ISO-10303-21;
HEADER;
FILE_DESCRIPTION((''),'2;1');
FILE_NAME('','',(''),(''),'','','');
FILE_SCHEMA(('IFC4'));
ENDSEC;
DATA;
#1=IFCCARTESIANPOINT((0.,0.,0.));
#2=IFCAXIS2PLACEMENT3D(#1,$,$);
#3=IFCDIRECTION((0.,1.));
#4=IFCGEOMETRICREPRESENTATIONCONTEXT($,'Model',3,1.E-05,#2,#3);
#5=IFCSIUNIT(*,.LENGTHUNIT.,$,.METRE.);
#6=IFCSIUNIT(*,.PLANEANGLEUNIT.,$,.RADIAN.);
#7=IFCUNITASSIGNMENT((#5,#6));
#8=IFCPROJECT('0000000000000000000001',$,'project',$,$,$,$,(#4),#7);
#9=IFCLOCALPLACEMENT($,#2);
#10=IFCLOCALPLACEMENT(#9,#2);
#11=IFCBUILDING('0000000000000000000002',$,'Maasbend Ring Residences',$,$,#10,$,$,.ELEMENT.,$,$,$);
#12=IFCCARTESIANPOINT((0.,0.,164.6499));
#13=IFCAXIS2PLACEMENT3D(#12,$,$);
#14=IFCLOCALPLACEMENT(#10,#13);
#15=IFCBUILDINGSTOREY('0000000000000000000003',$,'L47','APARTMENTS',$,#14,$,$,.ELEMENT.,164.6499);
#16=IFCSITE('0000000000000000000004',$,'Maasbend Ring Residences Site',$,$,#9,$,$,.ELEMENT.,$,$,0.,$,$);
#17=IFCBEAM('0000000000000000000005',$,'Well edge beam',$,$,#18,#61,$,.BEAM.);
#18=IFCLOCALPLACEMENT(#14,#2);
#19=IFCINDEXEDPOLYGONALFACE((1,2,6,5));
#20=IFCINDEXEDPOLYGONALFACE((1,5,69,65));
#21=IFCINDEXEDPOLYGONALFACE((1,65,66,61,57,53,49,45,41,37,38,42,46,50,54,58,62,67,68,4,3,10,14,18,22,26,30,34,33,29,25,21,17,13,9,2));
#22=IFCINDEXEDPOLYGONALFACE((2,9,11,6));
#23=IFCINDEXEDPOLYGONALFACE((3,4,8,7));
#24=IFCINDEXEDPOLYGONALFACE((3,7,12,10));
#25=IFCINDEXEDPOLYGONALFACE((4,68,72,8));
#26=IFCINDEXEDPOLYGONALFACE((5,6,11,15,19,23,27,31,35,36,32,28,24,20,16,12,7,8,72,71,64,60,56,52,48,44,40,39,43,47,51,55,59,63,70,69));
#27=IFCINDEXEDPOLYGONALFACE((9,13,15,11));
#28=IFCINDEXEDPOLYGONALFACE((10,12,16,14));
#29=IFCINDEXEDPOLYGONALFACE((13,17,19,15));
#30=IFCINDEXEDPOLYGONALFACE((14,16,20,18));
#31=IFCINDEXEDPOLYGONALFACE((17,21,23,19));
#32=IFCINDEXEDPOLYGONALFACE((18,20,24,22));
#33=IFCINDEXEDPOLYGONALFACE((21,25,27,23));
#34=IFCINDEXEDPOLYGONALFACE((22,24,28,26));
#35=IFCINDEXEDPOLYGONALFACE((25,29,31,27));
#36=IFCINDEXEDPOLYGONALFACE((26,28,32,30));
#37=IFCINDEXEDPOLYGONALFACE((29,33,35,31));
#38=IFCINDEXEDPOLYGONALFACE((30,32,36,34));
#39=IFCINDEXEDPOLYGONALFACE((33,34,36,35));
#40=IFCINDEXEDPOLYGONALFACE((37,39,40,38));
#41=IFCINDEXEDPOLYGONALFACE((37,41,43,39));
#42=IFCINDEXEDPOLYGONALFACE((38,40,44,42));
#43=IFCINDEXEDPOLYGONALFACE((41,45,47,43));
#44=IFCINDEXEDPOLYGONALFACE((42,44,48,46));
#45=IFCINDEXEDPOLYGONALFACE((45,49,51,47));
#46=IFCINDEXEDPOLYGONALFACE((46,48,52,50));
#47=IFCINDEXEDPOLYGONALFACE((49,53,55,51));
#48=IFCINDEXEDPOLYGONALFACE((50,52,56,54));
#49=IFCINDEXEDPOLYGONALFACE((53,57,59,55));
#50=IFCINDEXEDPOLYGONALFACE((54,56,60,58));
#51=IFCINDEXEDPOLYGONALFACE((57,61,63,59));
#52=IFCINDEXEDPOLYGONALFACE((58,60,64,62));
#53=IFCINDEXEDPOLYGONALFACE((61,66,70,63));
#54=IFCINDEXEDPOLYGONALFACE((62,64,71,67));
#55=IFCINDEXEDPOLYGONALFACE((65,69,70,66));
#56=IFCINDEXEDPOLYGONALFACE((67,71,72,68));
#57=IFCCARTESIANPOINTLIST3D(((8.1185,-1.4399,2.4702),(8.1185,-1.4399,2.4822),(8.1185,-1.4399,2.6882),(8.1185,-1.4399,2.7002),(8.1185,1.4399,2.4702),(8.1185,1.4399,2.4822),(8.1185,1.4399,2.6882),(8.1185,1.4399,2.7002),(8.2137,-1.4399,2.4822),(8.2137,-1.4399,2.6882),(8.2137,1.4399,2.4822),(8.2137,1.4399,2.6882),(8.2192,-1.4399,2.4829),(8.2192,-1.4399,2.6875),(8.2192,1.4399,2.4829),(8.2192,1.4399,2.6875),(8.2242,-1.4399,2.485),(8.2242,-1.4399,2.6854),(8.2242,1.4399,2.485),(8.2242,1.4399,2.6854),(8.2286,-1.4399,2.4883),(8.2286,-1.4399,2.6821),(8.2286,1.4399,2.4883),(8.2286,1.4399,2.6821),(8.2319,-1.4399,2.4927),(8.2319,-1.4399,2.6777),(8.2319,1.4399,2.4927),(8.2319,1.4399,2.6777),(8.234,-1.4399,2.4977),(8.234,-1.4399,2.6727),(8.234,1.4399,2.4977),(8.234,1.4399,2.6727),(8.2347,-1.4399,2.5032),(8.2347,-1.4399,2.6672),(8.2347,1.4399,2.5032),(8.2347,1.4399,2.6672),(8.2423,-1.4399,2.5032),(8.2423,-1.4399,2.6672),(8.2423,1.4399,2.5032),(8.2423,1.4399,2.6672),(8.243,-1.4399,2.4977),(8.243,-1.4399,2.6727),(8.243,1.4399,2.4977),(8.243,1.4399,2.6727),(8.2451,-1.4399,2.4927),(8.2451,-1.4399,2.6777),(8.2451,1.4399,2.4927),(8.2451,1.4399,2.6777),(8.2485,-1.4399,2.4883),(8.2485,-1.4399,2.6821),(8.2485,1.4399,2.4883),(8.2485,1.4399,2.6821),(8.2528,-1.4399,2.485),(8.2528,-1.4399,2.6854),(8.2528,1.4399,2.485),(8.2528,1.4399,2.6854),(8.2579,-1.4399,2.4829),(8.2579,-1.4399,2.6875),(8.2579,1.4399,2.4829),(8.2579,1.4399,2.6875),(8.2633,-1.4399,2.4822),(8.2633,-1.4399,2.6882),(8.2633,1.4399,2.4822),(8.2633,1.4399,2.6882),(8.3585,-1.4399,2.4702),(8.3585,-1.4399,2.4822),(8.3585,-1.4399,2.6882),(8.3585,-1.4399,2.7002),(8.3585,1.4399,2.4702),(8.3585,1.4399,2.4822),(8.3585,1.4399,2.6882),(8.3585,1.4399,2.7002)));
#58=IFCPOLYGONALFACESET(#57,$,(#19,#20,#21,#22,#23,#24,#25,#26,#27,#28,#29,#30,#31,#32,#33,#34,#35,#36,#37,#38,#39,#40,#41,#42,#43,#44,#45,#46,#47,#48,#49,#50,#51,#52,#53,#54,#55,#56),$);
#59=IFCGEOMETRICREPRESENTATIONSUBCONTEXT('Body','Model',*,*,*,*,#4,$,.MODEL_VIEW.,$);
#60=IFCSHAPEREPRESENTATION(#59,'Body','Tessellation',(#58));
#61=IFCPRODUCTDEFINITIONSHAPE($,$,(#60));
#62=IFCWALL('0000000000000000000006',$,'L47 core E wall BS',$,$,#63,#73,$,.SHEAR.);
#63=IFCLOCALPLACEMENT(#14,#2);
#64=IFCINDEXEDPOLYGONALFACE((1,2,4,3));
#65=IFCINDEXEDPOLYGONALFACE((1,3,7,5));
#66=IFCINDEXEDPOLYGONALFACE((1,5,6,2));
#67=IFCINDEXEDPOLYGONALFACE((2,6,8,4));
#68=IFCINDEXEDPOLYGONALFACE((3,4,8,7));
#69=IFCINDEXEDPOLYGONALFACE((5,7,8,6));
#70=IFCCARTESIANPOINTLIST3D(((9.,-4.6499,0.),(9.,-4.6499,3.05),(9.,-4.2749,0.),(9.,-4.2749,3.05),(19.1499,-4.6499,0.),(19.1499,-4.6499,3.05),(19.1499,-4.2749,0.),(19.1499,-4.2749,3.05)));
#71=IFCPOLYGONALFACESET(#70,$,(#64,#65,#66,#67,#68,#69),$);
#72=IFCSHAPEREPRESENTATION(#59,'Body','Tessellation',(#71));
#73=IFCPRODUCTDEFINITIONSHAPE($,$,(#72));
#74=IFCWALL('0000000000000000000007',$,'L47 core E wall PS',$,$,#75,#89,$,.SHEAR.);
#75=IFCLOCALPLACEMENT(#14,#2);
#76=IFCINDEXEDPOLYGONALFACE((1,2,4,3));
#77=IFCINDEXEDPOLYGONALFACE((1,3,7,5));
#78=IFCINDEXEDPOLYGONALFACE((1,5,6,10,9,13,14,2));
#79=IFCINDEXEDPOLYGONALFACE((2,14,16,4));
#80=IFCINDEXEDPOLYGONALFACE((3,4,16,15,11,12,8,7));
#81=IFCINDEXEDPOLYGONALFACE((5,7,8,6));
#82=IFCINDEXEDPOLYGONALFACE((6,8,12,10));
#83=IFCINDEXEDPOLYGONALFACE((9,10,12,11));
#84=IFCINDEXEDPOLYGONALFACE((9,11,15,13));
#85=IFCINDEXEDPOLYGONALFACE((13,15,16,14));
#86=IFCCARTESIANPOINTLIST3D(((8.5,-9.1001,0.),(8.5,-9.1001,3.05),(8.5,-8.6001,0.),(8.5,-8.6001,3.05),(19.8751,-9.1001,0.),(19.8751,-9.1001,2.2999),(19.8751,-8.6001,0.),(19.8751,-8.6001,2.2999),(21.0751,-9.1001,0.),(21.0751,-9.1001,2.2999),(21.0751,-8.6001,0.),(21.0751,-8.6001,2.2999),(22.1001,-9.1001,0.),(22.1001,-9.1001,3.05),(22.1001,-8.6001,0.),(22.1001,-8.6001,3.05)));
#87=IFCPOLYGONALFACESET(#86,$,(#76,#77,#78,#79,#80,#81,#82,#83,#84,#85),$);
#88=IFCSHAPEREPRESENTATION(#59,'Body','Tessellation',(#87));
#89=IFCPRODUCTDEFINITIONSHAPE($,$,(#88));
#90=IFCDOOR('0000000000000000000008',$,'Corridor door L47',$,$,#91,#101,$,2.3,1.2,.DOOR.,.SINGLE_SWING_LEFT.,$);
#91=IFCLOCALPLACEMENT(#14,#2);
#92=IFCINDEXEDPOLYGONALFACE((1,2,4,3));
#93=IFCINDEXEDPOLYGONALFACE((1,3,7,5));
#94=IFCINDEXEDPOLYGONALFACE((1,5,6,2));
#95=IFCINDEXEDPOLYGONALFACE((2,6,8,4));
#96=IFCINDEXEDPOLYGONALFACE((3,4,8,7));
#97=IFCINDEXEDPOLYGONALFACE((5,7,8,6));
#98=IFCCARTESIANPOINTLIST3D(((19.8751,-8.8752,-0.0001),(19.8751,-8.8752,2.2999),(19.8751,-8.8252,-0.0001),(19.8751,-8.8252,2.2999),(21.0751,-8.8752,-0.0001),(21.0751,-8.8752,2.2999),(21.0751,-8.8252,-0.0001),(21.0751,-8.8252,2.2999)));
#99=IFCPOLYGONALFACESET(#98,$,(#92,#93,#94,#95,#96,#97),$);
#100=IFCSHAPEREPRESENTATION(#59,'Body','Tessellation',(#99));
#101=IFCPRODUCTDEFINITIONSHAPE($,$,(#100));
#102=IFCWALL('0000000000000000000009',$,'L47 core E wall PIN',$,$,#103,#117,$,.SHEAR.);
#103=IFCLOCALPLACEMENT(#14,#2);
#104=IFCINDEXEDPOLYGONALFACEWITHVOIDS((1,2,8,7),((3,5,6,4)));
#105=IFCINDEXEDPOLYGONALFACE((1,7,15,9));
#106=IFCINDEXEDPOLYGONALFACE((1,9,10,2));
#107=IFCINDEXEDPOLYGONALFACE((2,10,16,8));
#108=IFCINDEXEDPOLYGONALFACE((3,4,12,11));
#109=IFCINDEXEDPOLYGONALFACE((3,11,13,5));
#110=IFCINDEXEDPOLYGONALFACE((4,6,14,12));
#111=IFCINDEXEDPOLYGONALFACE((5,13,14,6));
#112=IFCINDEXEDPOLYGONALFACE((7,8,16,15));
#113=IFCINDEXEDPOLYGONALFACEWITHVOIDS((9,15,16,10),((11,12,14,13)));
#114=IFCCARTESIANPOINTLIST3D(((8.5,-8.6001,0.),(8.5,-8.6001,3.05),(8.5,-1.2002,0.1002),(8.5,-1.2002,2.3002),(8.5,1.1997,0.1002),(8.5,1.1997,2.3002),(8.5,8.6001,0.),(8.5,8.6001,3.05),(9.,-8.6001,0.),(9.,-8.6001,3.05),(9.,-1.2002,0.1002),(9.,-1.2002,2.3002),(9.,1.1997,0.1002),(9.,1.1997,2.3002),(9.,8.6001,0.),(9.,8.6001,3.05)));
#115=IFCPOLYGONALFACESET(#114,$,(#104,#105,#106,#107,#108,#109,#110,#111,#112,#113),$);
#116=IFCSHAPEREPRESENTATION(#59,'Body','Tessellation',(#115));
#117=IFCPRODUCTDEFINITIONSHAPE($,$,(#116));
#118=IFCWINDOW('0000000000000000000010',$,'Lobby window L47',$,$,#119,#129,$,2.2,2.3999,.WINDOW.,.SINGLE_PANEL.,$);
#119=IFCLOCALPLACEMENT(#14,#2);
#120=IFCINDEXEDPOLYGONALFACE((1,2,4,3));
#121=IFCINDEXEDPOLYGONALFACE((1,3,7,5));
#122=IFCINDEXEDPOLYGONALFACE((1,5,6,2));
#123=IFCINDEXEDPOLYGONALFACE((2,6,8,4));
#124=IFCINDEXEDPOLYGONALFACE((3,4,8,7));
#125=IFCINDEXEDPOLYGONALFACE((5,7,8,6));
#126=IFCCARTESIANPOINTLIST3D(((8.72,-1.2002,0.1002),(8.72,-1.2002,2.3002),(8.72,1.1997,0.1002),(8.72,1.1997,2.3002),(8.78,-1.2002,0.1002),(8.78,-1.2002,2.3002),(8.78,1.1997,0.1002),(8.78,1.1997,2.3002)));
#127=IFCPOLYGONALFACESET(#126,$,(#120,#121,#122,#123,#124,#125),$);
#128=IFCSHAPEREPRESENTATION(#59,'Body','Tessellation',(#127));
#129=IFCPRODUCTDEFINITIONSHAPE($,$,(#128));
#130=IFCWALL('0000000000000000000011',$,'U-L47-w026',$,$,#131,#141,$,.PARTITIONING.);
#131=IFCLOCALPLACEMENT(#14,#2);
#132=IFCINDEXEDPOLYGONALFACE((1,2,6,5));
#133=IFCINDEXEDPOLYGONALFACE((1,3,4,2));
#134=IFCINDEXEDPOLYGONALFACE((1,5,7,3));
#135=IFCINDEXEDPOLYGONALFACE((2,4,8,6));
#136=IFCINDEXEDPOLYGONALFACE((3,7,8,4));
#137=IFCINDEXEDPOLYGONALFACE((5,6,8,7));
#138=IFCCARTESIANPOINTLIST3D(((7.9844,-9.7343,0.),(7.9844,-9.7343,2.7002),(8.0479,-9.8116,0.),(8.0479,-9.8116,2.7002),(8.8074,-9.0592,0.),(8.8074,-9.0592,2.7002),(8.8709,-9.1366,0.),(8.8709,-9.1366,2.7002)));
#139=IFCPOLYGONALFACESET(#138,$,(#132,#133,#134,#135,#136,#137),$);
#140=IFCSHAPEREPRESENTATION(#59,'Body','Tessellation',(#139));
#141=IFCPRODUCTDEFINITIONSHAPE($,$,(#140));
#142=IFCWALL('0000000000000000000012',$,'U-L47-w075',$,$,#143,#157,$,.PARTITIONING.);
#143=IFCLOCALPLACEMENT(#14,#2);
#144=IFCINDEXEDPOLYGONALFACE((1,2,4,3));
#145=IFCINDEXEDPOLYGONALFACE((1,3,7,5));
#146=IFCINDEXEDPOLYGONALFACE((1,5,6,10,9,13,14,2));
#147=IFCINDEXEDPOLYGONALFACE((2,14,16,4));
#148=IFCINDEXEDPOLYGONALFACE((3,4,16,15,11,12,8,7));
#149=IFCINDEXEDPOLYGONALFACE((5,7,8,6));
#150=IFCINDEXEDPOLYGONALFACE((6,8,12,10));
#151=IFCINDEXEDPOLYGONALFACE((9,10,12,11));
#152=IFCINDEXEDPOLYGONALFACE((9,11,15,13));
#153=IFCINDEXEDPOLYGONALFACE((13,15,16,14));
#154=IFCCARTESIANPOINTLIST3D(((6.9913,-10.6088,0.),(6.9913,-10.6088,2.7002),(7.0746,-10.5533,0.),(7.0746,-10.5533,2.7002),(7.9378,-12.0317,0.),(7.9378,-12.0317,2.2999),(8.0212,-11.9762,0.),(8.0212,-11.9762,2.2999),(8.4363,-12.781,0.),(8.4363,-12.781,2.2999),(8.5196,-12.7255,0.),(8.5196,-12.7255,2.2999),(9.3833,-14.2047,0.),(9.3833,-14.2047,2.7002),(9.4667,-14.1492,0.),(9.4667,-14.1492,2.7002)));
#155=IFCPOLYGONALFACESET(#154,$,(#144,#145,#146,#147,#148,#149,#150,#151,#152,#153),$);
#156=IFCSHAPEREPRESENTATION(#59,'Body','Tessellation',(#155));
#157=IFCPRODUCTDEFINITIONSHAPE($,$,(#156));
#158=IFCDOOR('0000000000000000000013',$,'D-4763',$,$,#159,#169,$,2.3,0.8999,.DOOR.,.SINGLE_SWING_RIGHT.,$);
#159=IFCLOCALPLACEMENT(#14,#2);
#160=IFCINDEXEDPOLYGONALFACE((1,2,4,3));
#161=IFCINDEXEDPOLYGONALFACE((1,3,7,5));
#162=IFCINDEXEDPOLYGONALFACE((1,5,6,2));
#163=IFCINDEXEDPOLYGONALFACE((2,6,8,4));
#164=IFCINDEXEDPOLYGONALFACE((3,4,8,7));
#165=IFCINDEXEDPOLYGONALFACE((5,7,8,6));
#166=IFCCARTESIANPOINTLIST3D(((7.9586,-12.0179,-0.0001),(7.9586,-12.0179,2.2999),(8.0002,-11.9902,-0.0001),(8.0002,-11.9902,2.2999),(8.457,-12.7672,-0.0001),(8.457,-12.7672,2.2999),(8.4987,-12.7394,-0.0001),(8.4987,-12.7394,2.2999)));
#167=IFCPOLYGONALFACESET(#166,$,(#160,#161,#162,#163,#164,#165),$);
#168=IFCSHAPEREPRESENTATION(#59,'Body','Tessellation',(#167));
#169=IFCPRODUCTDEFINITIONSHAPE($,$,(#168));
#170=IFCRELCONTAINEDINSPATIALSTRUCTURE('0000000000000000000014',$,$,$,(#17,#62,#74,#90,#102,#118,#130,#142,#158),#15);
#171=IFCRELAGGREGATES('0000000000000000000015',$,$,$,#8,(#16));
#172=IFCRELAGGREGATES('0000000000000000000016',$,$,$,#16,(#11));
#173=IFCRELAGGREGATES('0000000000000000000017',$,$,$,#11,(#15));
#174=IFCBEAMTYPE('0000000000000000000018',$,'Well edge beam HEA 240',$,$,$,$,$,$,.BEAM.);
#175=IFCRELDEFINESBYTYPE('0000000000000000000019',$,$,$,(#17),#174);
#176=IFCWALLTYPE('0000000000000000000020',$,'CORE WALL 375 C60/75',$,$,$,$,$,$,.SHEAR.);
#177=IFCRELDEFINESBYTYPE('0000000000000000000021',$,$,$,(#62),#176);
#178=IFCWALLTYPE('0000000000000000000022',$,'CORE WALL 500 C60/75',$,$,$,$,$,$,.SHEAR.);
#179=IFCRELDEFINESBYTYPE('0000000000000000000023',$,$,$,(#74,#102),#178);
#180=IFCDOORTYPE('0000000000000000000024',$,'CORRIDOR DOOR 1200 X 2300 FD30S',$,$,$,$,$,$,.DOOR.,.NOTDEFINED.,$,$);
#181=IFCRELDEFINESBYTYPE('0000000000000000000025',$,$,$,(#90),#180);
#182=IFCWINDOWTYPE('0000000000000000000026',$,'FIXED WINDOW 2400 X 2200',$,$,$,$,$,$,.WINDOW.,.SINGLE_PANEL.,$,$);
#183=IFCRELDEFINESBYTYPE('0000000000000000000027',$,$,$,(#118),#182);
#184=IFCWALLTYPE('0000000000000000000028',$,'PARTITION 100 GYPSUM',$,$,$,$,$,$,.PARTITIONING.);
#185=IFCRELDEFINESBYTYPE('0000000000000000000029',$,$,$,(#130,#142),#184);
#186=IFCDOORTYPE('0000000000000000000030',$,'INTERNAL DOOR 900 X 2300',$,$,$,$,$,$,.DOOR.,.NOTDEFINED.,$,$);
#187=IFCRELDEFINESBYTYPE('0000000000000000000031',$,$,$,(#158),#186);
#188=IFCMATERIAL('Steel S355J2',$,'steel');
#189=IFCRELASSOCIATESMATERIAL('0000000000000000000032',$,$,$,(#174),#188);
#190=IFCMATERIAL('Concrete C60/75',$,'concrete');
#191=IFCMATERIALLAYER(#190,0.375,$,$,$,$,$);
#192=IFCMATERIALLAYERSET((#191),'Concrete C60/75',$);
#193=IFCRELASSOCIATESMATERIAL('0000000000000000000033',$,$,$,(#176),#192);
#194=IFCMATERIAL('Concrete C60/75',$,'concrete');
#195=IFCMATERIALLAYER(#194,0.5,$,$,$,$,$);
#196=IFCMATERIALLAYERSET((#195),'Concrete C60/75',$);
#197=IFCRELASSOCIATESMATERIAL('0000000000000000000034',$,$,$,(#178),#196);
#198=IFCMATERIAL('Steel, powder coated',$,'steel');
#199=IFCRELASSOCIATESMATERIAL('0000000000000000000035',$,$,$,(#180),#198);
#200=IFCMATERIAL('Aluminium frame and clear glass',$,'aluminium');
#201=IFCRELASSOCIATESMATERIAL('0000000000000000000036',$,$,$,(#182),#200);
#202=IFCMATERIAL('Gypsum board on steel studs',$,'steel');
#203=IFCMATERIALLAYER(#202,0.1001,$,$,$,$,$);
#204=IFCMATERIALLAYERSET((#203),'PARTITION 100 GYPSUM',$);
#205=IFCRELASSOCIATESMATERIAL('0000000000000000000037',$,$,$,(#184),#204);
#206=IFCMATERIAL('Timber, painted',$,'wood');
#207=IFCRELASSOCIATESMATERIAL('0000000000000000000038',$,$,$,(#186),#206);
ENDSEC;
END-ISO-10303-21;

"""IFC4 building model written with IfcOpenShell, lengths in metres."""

from ifc_helpers import new_model, si_unit, direction, frame, frame_2d, origin, origin_2d, place, context, subcontext, project, spatial, rectangle, i_section, extrude, material, layer, layer_set, material_profile, profile_set, type_object, element, fill, save


model = new_model("IFC4")

# Units and contexts
model_context = context("Model", 3, precision=1e-05, world=origin(), true_north=direction((0.0, 1.0)))
body_context = subcontext(model_context, "Body", "Model", "MODEL_VIEW")
ifc_project = project(units=[si_unit("LENGTHUNIT", "METRE"), si_unit("PLANEANGLEUNIT", "RADIAN")], contexts=[model_context])

# Site, building, storey
site_placement = place(None, origin())
site = spatial("IfcSite", under=ifc_project, at=site_placement, Name="Maasbend Ring Residences Site", CompositionType="ELEMENT", RefElevation=0.0)
building_placement = place(site_placement, origin())
building = spatial("IfcBuilding", under=site, at=building_placement, Name="Maasbend Ring Residences", CompositionType="ELEMENT")
storey_placement = place(building_placement, frame((0.0, 0.0, 164.6499)))
storey = spatial("IfcBuildingStorey", under=building, at=storey_placement, Name="L47", Description="APARTMENTS", CompositionType="ELEMENT", Elevation=164.6499)

# Beam
ifc_material_1 = material(Name="Steel S355J2", Category="steel")
ifc_material_profile_1 = material_profile(ifc_material_1, i_section(OverallWidth=0.24, OverallDepth=0.23, WebThickness=0.0076, FlangeThickness=0.012, FilletRadius=0.021, at=origin_2d()), Name="HEA 240")
ifc_profile_set_1 = profile_set([ifc_material_profile_1], Name="Steel S355J2")
beam_type = type_object("IfcBeamType", Name="Well edge beam HEA 240", PredefinedType="BEAM", material=ifc_profile_set_1)
for number, where, z_axis, x_axis, name in (
    (1, (8.2385, -1.4399, 2.5852), (0.0, 1.0, 0.0), (-1.0, 0.0, 0.0), "Well edge beam"),
):
    element("IfcBeam", number, at=place(storey_placement, frame(where, z_axis=z_axis, x_axis=x_axis)), inside=storey, type_object=beam_type, Name=name, PredefinedType="BEAM", context=body_context, shape_type="SweptSolid", body=[
        extrude(i_section(OverallWidth=0.24, OverallDepth=0.23, WebThickness=0.0076, FlangeThickness=0.012, FilletRadius=0.021, at=origin_2d()), origin(), (0.0, 0.0, 1.0), 2.8799),
    ])

# Wall
ifc_material_2 = material(Name="Concrete C60/75", Category="concrete")
ifc_layer_1 = layer(ifc_material_2, 0.375)
ifc_layer_set_1 = layer_set([ifc_layer_1], Name="Concrete C60/75")
wall_type_1 = type_object("IfcWallType", Name="CORE WALL 375 C60/75", PredefinedType="SHEAR", material=ifc_layer_set_1)
wall_1_placement = place(storey_placement, frame((9.0, -4.4624, 0.0), z_axis=(0.0, 0.0, 1.0), x_axis=(1.0, 0.0, 0.0)))
element("IfcWall", 2, at=wall_1_placement, inside=storey, type_object=wall_type_1, Name="L47 core E wall BS", PredefinedType="SHEAR", context=body_context, shape_type="SweptSolid", body=[
    extrude(rectangle(XDim=10.1499, YDim=0.375, at=frame_2d((5.075, 0.0))), origin(), (0.0, 0.0, 1.0), 3.05),
])

# Wall, opening, door
ifc_material_3 = material(Name="Concrete C60/75", Category="concrete")
ifc_layer_2 = layer(ifc_material_3, 0.5)
ifc_layer_set_2 = layer_set([ifc_layer_2], Name="Concrete C60/75")
wall_type_2 = type_object("IfcWallType", Name="CORE WALL 500 C60/75", PredefinedType="SHEAR", material=ifc_layer_set_2)
wall_2_placement = place(storey_placement, frame((8.5, -8.8501, 0.0), z_axis=(0.0, 0.0, 1.0), x_axis=(1.0, 0.0, 0.0)))
wall_2 = element("IfcWall", 3, at=wall_2_placement, inside=storey, type_object=wall_type_2, Name="L47 core E wall PS", PredefinedType="SHEAR", context=body_context, shape_type="SweptSolid", body=[
    extrude(rectangle(XDim=13.6001, YDim=0.5, at=frame_2d((6.8, 0.0))), origin(), (0.0, 0.0, 1.0), 3.05),
])
opening_1_placement = place(wall_2_placement, frame((11.375, 0.0, 0.0)))
opening_1 = element("IfcOpeningElement", 4, at=opening_1_placement, cuts=wall_2, PredefinedType="OPENING", context=body_context, shape_type="SweptSolid", body=[
    extrude(rectangle(XDim=1.2, YDim=2.3, at=frame_2d((0.6001, 1.1499))), frame((0.0, 0.26, 0.0), z_axis=(0.0, -1.0, 0.0), x_axis=(1.0, 0.0, 0.0)), (0.0, 0.0, 1.0), 0.52),
])
ifc_material_4 = material(Name="Steel, powder coated", Category="steel")
door_type_1 = type_object("IfcDoorType", Name="CORRIDOR DOOR 1200 X 2300 FD30S", OperationType="NOTDEFINED", PredefinedType="DOOR", material=ifc_material_4)
door_1_placement = place(opening_1_placement, origin())
door_1 = element("IfcDoor", 5, at=door_1_placement, inside=storey, type_object=door_type_1, Name="Corridor door L47", OperationType="SINGLE_SWING_LEFT", OverallHeight=2.3, OverallWidth=1.2, PredefinedType="DOOR", context=body_context, shape_type="SweptSolid", body=[
    extrude(rectangle(XDim=1.2, YDim=2.3, at=frame_2d((0.6001, 1.1499))), frame((0.0, 0.0249, 0.0), z_axis=(0.0, -1.0, 0.0), x_axis=(1.0, 0.0, 0.0)), (0.0, 0.0, 1.0), 0.05),
])
fill(opening_1, door_1)

# Wall, opening, window
wall_3_placement = place(storey_placement, frame((8.75, -8.6001, 0.0), z_axis=(0.0, 0.0, 1.0), x_axis=(0.0, 1.0, 0.0)))
wall_3 = element("IfcWall", 6, at=wall_3_placement, inside=storey, type_object=wall_type_2, Name="L47 core E wall PIN", PredefinedType="SHEAR", context=body_context, shape_type="SweptSolid", body=[
    extrude(rectangle(XDim=17.2002, YDim=0.5, at=frame_2d((8.6001, 0.0))), origin(), (0.0, 0.0, 1.0), 3.05),
])
opening_2_placement = place(wall_3_placement, frame((7.3999, 0.0, 0.1001)))
opening_2 = element("IfcOpeningElement", 7, at=opening_2_placement, cuts=wall_3, PredefinedType="OPENING", context=body_context, shape_type="SweptSolid", body=[
    extrude(rectangle(XDim=2.3999, YDim=2.2, at=frame_2d((1.2, 1.1001))), frame((0.0, 0.26, 0.0), z_axis=(0.0, -1.0, 0.0), x_axis=(1.0, 0.0, 0.0)), (0.0, 0.0, 1.0), 0.52),
])
ifc_material_5 = material(Name="Aluminium frame and clear glass", Category="aluminium")
window_type = type_object("IfcWindowType", Name="FIXED WINDOW 2400 X 2200", PartitioningType="SINGLE_PANEL", PredefinedType="WINDOW", material=ifc_material_5)
window_placement = place(opening_2_placement, origin())
window = element("IfcWindow", 8, at=window_placement, inside=storey, type_object=window_type, Name="Lobby window L47", OverallHeight=2.2, OverallWidth=2.3999, PartitioningType="SINGLE_PANEL", PredefinedType="WINDOW", context=body_context, shape_type="SweptSolid", body=[
    extrude(rectangle(XDim=2.3999, YDim=2.2, at=frame_2d((1.2, 1.1001))), frame((0.0, 0.03, 0.0), z_axis=(0.0, -1.0, 0.0), x_axis=(1.0, 0.0, 0.0)), (0.0, 0.0, 1.0), 0.0601),
])
fill(opening_2, window)

# Wall
ifc_material_6 = material(Name="Gypsum board on steel studs", Category="steel")
ifc_layer_3 = layer(ifc_material_6, 0.1001)
ifc_layer_set_3 = layer_set([ifc_layer_3], Name="PARTITION 100 GYPSUM")
wall_type_3 = type_object("IfcWallType", Name="PARTITION 100 GYPSUM", PredefinedType="PARTITIONING", material=ifc_layer_set_3)
wall_4_placement = place(storey_placement, frame((8.0161, -9.7729, 0.0), z_axis=(0.0, 0.0, 1.0), x_axis=(0.77318, 0.634187, 0.0)))
element("IfcWall", 9, at=wall_4_placement, inside=storey, type_object=wall_type_3, Name="U-L47-w026", PredefinedType="PARTITIONING", context=body_context, shape_type="SweptSolid", body=[
    extrude(rectangle(XDim=1.0645, YDim=0.1001, at=frame_2d((0.5322, 0.0))), origin(), (0.0, 0.0, 1.0), 2.7002),
])

# Wall, opening, door
wall_5_placement = place(storey_placement, frame((7.033, -10.5811, 0.0), z_axis=(0.0, 0.0, 1.0), x_axis=(0.553865, -0.832606, 0.0)))
wall_5 = element("IfcWall", 10, at=wall_5_placement, inside=storey, type_object=wall_type_3, Name="U-L47-w075", PredefinedType="PARTITIONING", context=body_context, shape_type="SweptSolid", body=[
    extrude(rectangle(XDim=4.3188, YDim=0.1001, at=frame_2d((2.1594, 0.0))), origin(), (0.0, 0.0, 1.0), 2.7002),
])
opening_3_placement = place(wall_5_placement, frame((1.709, 0.0, 0.0)))
opening_3 = element("IfcOpeningElement", 11, at=opening_3_placement, cuts=wall_5, PredefinedType="OPENING", context=body_context, shape_type="SweptSolid", body=[
    extrude(rectangle(XDim=0.8999, YDim=2.3, at=frame_2d((0.45, 1.1499))), frame((0.0, 0.0601, 0.0), z_axis=(0.0, -1.0, 0.0), x_axis=(1.0, 0.0, 0.0)), (0.0, 0.0, 1.0), 0.1201),
])
ifc_material_7 = material(Name="Timber, painted", Category="wood")
door_type_2 = type_object("IfcDoorType", Name="INTERNAL DOOR 900 X 2300", OperationType="NOTDEFINED", PredefinedType="DOOR", material=ifc_material_7)
door_2_placement = place(opening_3_placement, origin())
door_2 = element("IfcDoor", 12, at=door_2_placement, inside=storey, type_object=door_type_2, Name="D-4763", OperationType="SINGLE_SWING_RIGHT", OverallHeight=2.3, OverallWidth=0.8999, PredefinedType="DOOR", context=body_context, shape_type="SweptSolid", body=[
    extrude(rectangle(XDim=0.8999, YDim=2.3, at=frame_2d((0.45, 1.1499))), frame((0.0, 0.0249, 0.0), z_axis=(0.0, -1.0, 0.0), x_axis=(1.0, 0.0, 0.0)), (0.0, 0.0, 1.0), 0.05),
])
fill(opening_3, door_2)

save(model, "model.ifc")
